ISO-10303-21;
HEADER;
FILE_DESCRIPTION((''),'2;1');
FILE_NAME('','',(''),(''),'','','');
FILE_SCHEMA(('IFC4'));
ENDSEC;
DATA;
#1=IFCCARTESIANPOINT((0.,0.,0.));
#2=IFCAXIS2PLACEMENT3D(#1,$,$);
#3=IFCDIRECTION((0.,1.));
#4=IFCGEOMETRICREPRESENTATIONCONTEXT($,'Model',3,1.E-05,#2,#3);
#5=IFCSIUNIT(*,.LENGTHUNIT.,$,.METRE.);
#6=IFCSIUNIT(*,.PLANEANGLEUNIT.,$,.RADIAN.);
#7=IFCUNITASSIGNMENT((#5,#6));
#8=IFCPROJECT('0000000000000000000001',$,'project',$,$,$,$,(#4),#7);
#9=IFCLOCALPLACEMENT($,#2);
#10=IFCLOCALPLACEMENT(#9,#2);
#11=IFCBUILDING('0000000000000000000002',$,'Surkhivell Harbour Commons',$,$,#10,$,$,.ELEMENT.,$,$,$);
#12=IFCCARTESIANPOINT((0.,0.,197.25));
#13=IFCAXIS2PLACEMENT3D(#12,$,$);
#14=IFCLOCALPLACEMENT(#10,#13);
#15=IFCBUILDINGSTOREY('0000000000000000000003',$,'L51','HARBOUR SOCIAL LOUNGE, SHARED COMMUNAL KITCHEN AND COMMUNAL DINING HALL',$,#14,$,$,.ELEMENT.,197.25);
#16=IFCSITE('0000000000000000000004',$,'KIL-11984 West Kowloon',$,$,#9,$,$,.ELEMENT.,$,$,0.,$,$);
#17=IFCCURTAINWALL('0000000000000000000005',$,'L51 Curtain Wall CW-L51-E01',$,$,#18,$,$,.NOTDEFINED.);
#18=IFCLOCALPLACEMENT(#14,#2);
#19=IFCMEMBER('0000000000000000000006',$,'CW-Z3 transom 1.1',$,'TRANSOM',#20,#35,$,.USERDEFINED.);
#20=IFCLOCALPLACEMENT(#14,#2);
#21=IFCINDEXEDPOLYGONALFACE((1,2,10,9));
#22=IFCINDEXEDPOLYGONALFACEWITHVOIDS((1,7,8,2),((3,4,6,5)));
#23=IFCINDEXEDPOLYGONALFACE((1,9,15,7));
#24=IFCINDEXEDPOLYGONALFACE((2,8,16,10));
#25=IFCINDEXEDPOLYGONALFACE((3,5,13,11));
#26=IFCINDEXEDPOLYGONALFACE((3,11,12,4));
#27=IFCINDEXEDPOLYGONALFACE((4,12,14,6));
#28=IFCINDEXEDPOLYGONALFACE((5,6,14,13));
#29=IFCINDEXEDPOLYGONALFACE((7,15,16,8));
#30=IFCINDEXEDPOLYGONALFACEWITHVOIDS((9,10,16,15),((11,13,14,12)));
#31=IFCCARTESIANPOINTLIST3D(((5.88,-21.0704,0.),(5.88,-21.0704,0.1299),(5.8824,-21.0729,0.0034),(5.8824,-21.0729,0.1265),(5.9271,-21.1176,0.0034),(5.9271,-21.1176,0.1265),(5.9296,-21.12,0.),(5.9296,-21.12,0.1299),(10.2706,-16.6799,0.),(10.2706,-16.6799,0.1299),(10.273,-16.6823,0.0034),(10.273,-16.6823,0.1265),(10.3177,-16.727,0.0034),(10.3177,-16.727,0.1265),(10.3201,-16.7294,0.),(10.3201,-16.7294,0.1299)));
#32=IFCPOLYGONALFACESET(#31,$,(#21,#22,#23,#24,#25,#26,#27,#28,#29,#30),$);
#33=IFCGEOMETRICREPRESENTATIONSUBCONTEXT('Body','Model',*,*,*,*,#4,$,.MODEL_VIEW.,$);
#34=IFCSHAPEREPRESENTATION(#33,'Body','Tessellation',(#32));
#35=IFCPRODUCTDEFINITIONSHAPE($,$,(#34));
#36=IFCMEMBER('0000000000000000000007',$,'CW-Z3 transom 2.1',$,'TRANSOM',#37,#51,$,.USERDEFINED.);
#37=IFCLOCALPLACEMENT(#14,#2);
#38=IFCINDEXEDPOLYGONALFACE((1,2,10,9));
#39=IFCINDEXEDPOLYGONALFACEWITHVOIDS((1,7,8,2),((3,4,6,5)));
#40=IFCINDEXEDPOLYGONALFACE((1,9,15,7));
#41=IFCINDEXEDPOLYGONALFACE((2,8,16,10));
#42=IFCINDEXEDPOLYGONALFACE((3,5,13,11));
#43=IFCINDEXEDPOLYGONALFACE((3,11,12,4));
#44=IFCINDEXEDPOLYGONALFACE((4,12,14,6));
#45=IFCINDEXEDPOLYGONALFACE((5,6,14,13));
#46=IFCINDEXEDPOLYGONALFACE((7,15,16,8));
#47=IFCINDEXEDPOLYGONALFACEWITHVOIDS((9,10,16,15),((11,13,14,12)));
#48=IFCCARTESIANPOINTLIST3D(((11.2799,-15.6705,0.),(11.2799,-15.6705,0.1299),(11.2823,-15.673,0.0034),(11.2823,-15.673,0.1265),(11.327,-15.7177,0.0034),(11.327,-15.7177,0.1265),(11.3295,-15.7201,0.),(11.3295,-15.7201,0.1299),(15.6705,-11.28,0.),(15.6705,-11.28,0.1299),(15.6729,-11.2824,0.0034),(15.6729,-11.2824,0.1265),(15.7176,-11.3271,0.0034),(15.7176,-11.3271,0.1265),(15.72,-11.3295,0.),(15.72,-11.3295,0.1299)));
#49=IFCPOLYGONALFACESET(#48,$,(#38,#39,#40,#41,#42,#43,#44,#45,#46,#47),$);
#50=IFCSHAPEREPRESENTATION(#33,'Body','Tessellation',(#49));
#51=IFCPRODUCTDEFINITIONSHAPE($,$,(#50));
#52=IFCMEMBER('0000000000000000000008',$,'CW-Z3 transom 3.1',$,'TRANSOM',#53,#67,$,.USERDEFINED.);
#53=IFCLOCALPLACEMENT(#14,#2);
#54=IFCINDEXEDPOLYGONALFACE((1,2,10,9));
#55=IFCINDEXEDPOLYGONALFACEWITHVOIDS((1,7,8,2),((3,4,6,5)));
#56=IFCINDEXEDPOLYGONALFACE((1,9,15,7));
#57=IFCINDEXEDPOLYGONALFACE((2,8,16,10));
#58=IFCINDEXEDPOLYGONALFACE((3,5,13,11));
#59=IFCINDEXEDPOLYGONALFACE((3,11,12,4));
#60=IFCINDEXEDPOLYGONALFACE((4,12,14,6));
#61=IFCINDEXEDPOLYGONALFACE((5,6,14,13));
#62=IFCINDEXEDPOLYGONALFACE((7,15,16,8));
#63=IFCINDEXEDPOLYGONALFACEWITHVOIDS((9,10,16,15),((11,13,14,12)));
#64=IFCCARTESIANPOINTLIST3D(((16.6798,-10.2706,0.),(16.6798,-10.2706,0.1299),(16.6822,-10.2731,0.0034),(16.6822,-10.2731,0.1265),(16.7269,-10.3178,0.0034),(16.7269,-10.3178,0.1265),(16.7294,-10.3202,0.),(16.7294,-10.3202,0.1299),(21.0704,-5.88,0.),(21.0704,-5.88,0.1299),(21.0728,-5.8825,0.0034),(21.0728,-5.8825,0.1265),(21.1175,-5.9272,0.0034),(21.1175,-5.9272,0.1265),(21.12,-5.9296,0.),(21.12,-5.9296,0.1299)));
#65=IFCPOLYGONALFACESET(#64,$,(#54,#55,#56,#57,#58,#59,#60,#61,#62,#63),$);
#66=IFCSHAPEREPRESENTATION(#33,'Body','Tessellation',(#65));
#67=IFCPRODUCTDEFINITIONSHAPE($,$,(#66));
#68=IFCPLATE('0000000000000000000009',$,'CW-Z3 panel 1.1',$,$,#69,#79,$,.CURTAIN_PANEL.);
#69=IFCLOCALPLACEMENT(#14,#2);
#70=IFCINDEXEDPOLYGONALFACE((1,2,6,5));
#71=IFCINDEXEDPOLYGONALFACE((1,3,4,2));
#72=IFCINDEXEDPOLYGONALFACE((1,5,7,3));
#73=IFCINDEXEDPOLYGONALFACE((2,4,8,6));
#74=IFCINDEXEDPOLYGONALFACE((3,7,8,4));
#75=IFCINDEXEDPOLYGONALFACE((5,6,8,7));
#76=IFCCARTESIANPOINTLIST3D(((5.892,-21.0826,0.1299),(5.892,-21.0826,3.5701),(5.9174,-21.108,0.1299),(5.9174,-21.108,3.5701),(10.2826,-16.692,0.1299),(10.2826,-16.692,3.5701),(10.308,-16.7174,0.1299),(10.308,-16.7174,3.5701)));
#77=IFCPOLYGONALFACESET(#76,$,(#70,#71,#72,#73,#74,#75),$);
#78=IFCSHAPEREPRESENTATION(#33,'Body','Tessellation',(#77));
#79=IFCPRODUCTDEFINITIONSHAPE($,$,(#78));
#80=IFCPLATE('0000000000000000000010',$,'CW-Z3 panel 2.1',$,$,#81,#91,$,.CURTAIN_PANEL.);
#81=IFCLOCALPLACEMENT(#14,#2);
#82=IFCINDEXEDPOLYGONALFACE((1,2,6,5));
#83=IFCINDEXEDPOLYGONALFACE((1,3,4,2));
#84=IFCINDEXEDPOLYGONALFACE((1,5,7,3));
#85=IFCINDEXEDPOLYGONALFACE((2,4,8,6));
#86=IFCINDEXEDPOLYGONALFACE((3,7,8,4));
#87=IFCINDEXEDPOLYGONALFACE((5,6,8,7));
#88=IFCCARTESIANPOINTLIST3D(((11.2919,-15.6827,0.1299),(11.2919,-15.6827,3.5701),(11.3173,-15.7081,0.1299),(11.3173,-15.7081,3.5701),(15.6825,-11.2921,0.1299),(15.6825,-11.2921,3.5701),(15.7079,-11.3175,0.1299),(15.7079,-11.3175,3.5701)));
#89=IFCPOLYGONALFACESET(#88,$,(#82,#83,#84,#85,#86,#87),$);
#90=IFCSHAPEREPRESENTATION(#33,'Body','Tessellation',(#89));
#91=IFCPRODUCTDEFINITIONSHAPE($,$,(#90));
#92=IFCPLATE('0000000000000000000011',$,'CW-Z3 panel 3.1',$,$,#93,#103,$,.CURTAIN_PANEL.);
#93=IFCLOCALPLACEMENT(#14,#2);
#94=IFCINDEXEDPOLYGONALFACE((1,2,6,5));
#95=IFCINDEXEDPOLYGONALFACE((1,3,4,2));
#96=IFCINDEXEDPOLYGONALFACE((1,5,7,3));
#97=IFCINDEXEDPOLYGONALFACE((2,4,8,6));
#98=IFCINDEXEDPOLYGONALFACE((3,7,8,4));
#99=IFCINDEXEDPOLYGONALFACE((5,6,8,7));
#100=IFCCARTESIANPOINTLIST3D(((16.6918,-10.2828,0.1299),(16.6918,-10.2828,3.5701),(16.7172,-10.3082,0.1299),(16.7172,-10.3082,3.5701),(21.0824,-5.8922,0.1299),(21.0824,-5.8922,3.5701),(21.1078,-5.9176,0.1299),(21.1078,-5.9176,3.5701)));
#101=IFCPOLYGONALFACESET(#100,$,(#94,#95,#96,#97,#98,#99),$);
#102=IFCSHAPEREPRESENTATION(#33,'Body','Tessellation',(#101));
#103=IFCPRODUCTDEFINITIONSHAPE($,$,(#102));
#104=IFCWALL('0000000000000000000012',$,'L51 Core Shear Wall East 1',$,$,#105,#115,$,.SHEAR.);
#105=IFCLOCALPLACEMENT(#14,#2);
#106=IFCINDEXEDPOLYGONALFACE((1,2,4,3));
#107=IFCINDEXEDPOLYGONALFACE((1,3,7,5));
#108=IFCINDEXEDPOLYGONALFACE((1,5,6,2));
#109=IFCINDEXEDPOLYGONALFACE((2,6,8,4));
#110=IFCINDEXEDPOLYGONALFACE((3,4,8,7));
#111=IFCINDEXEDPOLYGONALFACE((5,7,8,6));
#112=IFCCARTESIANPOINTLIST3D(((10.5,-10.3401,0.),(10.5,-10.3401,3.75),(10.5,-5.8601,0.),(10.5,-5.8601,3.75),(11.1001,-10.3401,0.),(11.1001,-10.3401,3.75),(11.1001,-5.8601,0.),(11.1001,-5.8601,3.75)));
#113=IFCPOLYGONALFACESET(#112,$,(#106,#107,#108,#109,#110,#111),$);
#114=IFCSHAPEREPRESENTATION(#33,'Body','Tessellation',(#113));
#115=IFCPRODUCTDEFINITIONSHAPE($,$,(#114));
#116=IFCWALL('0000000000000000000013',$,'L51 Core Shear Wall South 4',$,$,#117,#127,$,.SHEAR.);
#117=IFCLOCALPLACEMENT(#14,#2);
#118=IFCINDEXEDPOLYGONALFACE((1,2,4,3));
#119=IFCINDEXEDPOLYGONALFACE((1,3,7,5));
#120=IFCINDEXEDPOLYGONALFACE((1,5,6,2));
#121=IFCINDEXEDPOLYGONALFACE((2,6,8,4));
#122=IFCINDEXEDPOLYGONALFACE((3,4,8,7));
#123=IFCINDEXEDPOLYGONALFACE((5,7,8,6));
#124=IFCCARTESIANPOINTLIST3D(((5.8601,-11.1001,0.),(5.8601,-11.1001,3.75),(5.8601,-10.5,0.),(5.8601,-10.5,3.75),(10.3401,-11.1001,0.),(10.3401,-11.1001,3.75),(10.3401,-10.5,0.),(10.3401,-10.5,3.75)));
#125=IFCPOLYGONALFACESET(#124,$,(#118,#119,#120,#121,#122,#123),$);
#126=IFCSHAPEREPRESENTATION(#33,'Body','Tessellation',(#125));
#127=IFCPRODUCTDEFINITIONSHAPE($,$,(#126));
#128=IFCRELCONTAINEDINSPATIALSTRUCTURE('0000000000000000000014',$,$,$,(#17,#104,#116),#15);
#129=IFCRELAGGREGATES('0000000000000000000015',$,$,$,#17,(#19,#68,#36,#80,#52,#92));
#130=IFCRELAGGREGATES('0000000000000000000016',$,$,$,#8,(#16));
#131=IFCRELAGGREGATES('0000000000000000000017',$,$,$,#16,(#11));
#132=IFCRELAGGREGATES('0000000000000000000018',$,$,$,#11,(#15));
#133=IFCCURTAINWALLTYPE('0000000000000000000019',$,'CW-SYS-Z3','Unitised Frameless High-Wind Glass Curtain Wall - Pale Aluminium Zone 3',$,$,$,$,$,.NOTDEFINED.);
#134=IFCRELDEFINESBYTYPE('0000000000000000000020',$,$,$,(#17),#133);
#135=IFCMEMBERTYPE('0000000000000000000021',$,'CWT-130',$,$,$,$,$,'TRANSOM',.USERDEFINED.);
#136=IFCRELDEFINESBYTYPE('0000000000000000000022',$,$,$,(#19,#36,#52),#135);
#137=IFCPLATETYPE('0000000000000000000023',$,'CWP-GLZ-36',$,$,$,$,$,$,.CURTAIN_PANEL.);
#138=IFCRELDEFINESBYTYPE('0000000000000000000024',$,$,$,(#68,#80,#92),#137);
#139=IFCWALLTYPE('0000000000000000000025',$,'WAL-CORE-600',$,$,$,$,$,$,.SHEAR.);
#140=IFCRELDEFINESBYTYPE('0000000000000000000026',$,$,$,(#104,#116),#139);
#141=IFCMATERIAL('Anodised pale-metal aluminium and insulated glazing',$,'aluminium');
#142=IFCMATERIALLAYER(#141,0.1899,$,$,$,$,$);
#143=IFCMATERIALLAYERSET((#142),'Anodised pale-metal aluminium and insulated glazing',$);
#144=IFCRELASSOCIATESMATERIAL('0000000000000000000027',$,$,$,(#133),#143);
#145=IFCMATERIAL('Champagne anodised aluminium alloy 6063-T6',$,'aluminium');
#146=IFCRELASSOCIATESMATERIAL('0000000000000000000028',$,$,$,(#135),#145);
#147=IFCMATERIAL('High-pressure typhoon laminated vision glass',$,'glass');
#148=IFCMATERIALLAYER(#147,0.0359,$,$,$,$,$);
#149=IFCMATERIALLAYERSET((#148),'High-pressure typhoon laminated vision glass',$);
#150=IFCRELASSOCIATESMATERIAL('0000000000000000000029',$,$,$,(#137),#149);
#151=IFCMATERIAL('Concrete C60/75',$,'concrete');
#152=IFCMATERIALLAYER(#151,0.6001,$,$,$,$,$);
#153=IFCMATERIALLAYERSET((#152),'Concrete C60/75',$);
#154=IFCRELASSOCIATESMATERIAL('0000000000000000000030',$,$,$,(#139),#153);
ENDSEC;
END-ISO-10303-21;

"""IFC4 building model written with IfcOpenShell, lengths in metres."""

from ifc_helpers import new_model, si_unit, direction, frame, frame_2d, origin, origin_2d, place, context, subcontext, project, spatial, rectangle, hollow_rectangle, extrude, material, layer, layer_set, material_profile, profile_set, type_object, element, aggregate, save


model = new_model("IFC4")

# Units and contexts
model_context = context("Model", 3, precision=1e-05, world=origin(), true_north=direction((0.0, 1.0)))
body_context = subcontext(model_context, "Body", "Model", "MODEL_VIEW")
ifc_project = project(units=[si_unit("LENGTHUNIT", "METRE"), si_unit("PLANEANGLEUNIT", "RADIAN")], contexts=[model_context])

# Site, building, storey
site_placement = place(None, origin())
site = spatial("IfcSite", under=ifc_project, at=site_placement, Name="KIL-11984 West Kowloon", CompositionType="ELEMENT", RefElevation=0.0)
building_placement = place(site_placement, origin())
building = spatial("IfcBuilding", under=site, at=building_placement, Name="Surkhivell Harbour Commons", CompositionType="ELEMENT")
storey_placement = place(building_placement, frame((0.0, 0.0, 197.25)))
storey = spatial("IfcBuildingStorey", under=building, at=storey_placement, Name="L51", Description="HARBOUR SOCIAL LOUNGE, SHARED COMMUNAL KITCHEN AND COMMUNAL DINING HALL", CompositionType="ELEMENT", Elevation=197.25)

# Shared definitions
ifc_material_1 = material(Name="Concrete C60/75", Category="concrete")

# Curtain wall, members, plates
ifc_material_2 = material(Name="Anodised pale-metal aluminium and insulated glazing", Category="aluminium")
ifc_layer_1 = layer(ifc_material_2, 0.1899)
ifc_layer_set_1 = layer_set([ifc_layer_1], Name="Anodised pale-metal aluminium and insulated glazing")
curtain_wall_type = type_object("IfcCurtainWallType", Name="CW-SYS-Z3", Description="Unitised Frameless High-Wind Glass Curtain Wall - Pale Aluminium Zone 3", PredefinedType="NOTDEFINED", material=ifc_layer_set_1)
curtain_wall_placement = place(storey_placement, origin())
curtain_wall = element("IfcCurtainWall", 1, at=curtain_wall_placement, inside=storey, type_object=curtain_wall_type, Name="L51 Curtain Wall CW-L51-E01", PredefinedType="NOTDEFINED")
ifc_material_3 = material(Name="Champagne anodised aluminium alloy 6063-T6", Category="aluminium")
ifc_material_profile_1 = material_profile(ifc_material_3, hollow_rectangle(XDim=0.0701, YDim=0.1299, WallThickness=0.0034, at=origin_2d()), Name="ALU-TRAN-70x130")
ifc_profile_set_1 = profile_set([ifc_material_profile_1], Name="Champagne anodised aluminium alloy 6063-T6")
member_type_1 = type_object("IfcMemberType", Name="CWT-130", ElementType="TRANSOM", PredefinedType="USERDEFINED", material=ifc_profile_set_1)
member_1_placement = place(storey_placement, frame((5.9048, -21.0952, 0.0649), z_axis=(0.707107, 0.707107, 0.0), x_axis=(-0.707107, 0.707107, 0.0)))
member_1 = element("IfcMember", 2, at=member_1_placement, type_object=member_type_1, Name="CW-Z3 transom 1.1", ObjectType="TRANSOM", PredefinedType="USERDEFINED", context=body_context, shape_type="SweptSolid", body=[
    extrude(hollow_rectangle(XDim=0.0701, YDim=0.1299, WallThickness=0.0034, at=origin_2d()), origin(), (0.0, 0.0, 1.0), 6.2092),
])
member_2_placement = place(storey_placement, frame((11.3047, -15.6953, 0.0649), z_axis=(0.707107, 0.707107, 0.0), x_axis=(-0.707107, 0.707107, 0.0)))
member_2 = element("IfcMember", 3, at=member_2_placement, type_object=member_type_1, Name="CW-Z3 transom 2.1", ObjectType="TRANSOM", PredefinedType="USERDEFINED", context=body_context, shape_type="SweptSolid", body=[
    extrude(hollow_rectangle(XDim=0.0701, YDim=0.1299, WallThickness=0.0034, at=origin_2d()), origin(), (0.0, 0.0, 1.0), 6.2092),
])
member_3_placement = place(storey_placement, frame((16.7046, -10.2954, 0.0649), z_axis=(0.707107, 0.707107, 0.0), x_axis=(-0.707107, 0.707107, 0.0)))
member_3 = element("IfcMember", 4, at=member_3_placement, type_object=member_type_1, Name="CW-Z3 transom 3.1", ObjectType="TRANSOM", PredefinedType="USERDEFINED", context=body_context, shape_type="SweptSolid", body=[
    extrude(hollow_rectangle(XDim=0.0701, YDim=0.1299, WallThickness=0.0034, at=origin_2d()), origin(), (0.0, 0.0, 1.0), 6.2092),
])
ifc_material_4 = material(Name="High-pressure typhoon laminated vision glass", Category="glass")
ifc_layer_2 = layer(ifc_material_4, 0.0359)
ifc_layer_set_2 = layer_set([ifc_layer_2], Name="High-pressure typhoon laminated vision glass")
plate_type = type_object("IfcPlateType", Name="CWP-GLZ-36", PredefinedType="CURTAIN_PANEL", material=ifc_layer_set_2)
plate_1_placement = place(storey_placement, frame((5.9048, -21.0952, 0.1299), z_axis=(0.0, 0.0, 1.0), x_axis=(0.707107, 0.707107, 0.0)))
plate_1 = element("IfcPlate", 5, at=plate_1_placement, type_object=plate_type, Name="CW-Z3 panel 1.1", PredefinedType="CURTAIN_PANEL", context=body_context, shape_type="SweptSolid", body=[
    extrude(rectangle(XDim=6.2092, YDim=0.0359, at=frame_2d((3.1045, 0.0))), origin(), (0.0, 0.0, 1.0), 3.4402),
])
plate_2_placement = place(storey_placement, frame((11.3047, -15.6953, 0.1299), z_axis=(0.0, 0.0, 1.0), x_axis=(0.707107, 0.707107, 0.0)))
plate_2 = element("IfcPlate", 6, at=plate_2_placement, type_object=plate_type, Name="CW-Z3 panel 2.1", PredefinedType="CURTAIN_PANEL", context=body_context, shape_type="SweptSolid", body=[
    extrude(rectangle(XDim=6.2092, YDim=0.0359, at=frame_2d((3.1045, 0.0))), origin(), (0.0, 0.0, 1.0), 3.4402),
])
plate_3_placement = place(storey_placement, frame((16.7046, -10.2954, 0.1299), z_axis=(0.0, 0.0, 1.0), x_axis=(0.707107, 0.707107, 0.0)))
plate_3 = element("IfcPlate", 7, at=plate_3_placement, type_object=plate_type, Name="CW-Z3 panel 3.1", PredefinedType="CURTAIN_PANEL", context=body_context, shape_type="SweptSolid", body=[
    extrude(rectangle(XDim=6.2092, YDim=0.0359, at=frame_2d((3.1045, 0.0))), origin(), (0.0, 0.0, 1.0), 3.4402),
])
aggregate(curtain_wall, [member_1, plate_1, member_2, plate_2, member_3, plate_3])

# Walls
ifc_layer_3 = layer(ifc_material_1, 0.6001)
ifc_layer_set_3 = layer_set([ifc_layer_3], Name="Concrete C60/75")
wall_type_1 = type_object("IfcWallType", Name="WAL-CORE-600", PredefinedType="SHEAR", material=ifc_layer_set_3)
for number, where, z_axis, x_axis, name in (
    (8, (10.8, -10.3401, 0.0), (0.0, 0.0, 1.0), (0.0, 1.0, 0.0), "L51 Core Shear Wall East 1"),
    (9, (5.8601, -10.8, 0.0), (0.0, 0.0, 1.0), (1.0, 0.0, 0.0), "L51 Core Shear Wall South 4"),
):
    element("IfcWall", number, at=place(storey_placement, frame(where, z_axis=z_axis, x_axis=x_axis)), inside=storey, type_object=wall_type_1, Name=name, PredefinedType="SHEAR", context=body_context, shape_type="SweptSolid", body=[
        extrude(rectangle(XDim=4.48, YDim=0.6001, at=frame_2d((2.24, 0.0))), origin(), (0.0, 0.0, 1.0), 3.75),
    ])

save(model, "model.ifc")
